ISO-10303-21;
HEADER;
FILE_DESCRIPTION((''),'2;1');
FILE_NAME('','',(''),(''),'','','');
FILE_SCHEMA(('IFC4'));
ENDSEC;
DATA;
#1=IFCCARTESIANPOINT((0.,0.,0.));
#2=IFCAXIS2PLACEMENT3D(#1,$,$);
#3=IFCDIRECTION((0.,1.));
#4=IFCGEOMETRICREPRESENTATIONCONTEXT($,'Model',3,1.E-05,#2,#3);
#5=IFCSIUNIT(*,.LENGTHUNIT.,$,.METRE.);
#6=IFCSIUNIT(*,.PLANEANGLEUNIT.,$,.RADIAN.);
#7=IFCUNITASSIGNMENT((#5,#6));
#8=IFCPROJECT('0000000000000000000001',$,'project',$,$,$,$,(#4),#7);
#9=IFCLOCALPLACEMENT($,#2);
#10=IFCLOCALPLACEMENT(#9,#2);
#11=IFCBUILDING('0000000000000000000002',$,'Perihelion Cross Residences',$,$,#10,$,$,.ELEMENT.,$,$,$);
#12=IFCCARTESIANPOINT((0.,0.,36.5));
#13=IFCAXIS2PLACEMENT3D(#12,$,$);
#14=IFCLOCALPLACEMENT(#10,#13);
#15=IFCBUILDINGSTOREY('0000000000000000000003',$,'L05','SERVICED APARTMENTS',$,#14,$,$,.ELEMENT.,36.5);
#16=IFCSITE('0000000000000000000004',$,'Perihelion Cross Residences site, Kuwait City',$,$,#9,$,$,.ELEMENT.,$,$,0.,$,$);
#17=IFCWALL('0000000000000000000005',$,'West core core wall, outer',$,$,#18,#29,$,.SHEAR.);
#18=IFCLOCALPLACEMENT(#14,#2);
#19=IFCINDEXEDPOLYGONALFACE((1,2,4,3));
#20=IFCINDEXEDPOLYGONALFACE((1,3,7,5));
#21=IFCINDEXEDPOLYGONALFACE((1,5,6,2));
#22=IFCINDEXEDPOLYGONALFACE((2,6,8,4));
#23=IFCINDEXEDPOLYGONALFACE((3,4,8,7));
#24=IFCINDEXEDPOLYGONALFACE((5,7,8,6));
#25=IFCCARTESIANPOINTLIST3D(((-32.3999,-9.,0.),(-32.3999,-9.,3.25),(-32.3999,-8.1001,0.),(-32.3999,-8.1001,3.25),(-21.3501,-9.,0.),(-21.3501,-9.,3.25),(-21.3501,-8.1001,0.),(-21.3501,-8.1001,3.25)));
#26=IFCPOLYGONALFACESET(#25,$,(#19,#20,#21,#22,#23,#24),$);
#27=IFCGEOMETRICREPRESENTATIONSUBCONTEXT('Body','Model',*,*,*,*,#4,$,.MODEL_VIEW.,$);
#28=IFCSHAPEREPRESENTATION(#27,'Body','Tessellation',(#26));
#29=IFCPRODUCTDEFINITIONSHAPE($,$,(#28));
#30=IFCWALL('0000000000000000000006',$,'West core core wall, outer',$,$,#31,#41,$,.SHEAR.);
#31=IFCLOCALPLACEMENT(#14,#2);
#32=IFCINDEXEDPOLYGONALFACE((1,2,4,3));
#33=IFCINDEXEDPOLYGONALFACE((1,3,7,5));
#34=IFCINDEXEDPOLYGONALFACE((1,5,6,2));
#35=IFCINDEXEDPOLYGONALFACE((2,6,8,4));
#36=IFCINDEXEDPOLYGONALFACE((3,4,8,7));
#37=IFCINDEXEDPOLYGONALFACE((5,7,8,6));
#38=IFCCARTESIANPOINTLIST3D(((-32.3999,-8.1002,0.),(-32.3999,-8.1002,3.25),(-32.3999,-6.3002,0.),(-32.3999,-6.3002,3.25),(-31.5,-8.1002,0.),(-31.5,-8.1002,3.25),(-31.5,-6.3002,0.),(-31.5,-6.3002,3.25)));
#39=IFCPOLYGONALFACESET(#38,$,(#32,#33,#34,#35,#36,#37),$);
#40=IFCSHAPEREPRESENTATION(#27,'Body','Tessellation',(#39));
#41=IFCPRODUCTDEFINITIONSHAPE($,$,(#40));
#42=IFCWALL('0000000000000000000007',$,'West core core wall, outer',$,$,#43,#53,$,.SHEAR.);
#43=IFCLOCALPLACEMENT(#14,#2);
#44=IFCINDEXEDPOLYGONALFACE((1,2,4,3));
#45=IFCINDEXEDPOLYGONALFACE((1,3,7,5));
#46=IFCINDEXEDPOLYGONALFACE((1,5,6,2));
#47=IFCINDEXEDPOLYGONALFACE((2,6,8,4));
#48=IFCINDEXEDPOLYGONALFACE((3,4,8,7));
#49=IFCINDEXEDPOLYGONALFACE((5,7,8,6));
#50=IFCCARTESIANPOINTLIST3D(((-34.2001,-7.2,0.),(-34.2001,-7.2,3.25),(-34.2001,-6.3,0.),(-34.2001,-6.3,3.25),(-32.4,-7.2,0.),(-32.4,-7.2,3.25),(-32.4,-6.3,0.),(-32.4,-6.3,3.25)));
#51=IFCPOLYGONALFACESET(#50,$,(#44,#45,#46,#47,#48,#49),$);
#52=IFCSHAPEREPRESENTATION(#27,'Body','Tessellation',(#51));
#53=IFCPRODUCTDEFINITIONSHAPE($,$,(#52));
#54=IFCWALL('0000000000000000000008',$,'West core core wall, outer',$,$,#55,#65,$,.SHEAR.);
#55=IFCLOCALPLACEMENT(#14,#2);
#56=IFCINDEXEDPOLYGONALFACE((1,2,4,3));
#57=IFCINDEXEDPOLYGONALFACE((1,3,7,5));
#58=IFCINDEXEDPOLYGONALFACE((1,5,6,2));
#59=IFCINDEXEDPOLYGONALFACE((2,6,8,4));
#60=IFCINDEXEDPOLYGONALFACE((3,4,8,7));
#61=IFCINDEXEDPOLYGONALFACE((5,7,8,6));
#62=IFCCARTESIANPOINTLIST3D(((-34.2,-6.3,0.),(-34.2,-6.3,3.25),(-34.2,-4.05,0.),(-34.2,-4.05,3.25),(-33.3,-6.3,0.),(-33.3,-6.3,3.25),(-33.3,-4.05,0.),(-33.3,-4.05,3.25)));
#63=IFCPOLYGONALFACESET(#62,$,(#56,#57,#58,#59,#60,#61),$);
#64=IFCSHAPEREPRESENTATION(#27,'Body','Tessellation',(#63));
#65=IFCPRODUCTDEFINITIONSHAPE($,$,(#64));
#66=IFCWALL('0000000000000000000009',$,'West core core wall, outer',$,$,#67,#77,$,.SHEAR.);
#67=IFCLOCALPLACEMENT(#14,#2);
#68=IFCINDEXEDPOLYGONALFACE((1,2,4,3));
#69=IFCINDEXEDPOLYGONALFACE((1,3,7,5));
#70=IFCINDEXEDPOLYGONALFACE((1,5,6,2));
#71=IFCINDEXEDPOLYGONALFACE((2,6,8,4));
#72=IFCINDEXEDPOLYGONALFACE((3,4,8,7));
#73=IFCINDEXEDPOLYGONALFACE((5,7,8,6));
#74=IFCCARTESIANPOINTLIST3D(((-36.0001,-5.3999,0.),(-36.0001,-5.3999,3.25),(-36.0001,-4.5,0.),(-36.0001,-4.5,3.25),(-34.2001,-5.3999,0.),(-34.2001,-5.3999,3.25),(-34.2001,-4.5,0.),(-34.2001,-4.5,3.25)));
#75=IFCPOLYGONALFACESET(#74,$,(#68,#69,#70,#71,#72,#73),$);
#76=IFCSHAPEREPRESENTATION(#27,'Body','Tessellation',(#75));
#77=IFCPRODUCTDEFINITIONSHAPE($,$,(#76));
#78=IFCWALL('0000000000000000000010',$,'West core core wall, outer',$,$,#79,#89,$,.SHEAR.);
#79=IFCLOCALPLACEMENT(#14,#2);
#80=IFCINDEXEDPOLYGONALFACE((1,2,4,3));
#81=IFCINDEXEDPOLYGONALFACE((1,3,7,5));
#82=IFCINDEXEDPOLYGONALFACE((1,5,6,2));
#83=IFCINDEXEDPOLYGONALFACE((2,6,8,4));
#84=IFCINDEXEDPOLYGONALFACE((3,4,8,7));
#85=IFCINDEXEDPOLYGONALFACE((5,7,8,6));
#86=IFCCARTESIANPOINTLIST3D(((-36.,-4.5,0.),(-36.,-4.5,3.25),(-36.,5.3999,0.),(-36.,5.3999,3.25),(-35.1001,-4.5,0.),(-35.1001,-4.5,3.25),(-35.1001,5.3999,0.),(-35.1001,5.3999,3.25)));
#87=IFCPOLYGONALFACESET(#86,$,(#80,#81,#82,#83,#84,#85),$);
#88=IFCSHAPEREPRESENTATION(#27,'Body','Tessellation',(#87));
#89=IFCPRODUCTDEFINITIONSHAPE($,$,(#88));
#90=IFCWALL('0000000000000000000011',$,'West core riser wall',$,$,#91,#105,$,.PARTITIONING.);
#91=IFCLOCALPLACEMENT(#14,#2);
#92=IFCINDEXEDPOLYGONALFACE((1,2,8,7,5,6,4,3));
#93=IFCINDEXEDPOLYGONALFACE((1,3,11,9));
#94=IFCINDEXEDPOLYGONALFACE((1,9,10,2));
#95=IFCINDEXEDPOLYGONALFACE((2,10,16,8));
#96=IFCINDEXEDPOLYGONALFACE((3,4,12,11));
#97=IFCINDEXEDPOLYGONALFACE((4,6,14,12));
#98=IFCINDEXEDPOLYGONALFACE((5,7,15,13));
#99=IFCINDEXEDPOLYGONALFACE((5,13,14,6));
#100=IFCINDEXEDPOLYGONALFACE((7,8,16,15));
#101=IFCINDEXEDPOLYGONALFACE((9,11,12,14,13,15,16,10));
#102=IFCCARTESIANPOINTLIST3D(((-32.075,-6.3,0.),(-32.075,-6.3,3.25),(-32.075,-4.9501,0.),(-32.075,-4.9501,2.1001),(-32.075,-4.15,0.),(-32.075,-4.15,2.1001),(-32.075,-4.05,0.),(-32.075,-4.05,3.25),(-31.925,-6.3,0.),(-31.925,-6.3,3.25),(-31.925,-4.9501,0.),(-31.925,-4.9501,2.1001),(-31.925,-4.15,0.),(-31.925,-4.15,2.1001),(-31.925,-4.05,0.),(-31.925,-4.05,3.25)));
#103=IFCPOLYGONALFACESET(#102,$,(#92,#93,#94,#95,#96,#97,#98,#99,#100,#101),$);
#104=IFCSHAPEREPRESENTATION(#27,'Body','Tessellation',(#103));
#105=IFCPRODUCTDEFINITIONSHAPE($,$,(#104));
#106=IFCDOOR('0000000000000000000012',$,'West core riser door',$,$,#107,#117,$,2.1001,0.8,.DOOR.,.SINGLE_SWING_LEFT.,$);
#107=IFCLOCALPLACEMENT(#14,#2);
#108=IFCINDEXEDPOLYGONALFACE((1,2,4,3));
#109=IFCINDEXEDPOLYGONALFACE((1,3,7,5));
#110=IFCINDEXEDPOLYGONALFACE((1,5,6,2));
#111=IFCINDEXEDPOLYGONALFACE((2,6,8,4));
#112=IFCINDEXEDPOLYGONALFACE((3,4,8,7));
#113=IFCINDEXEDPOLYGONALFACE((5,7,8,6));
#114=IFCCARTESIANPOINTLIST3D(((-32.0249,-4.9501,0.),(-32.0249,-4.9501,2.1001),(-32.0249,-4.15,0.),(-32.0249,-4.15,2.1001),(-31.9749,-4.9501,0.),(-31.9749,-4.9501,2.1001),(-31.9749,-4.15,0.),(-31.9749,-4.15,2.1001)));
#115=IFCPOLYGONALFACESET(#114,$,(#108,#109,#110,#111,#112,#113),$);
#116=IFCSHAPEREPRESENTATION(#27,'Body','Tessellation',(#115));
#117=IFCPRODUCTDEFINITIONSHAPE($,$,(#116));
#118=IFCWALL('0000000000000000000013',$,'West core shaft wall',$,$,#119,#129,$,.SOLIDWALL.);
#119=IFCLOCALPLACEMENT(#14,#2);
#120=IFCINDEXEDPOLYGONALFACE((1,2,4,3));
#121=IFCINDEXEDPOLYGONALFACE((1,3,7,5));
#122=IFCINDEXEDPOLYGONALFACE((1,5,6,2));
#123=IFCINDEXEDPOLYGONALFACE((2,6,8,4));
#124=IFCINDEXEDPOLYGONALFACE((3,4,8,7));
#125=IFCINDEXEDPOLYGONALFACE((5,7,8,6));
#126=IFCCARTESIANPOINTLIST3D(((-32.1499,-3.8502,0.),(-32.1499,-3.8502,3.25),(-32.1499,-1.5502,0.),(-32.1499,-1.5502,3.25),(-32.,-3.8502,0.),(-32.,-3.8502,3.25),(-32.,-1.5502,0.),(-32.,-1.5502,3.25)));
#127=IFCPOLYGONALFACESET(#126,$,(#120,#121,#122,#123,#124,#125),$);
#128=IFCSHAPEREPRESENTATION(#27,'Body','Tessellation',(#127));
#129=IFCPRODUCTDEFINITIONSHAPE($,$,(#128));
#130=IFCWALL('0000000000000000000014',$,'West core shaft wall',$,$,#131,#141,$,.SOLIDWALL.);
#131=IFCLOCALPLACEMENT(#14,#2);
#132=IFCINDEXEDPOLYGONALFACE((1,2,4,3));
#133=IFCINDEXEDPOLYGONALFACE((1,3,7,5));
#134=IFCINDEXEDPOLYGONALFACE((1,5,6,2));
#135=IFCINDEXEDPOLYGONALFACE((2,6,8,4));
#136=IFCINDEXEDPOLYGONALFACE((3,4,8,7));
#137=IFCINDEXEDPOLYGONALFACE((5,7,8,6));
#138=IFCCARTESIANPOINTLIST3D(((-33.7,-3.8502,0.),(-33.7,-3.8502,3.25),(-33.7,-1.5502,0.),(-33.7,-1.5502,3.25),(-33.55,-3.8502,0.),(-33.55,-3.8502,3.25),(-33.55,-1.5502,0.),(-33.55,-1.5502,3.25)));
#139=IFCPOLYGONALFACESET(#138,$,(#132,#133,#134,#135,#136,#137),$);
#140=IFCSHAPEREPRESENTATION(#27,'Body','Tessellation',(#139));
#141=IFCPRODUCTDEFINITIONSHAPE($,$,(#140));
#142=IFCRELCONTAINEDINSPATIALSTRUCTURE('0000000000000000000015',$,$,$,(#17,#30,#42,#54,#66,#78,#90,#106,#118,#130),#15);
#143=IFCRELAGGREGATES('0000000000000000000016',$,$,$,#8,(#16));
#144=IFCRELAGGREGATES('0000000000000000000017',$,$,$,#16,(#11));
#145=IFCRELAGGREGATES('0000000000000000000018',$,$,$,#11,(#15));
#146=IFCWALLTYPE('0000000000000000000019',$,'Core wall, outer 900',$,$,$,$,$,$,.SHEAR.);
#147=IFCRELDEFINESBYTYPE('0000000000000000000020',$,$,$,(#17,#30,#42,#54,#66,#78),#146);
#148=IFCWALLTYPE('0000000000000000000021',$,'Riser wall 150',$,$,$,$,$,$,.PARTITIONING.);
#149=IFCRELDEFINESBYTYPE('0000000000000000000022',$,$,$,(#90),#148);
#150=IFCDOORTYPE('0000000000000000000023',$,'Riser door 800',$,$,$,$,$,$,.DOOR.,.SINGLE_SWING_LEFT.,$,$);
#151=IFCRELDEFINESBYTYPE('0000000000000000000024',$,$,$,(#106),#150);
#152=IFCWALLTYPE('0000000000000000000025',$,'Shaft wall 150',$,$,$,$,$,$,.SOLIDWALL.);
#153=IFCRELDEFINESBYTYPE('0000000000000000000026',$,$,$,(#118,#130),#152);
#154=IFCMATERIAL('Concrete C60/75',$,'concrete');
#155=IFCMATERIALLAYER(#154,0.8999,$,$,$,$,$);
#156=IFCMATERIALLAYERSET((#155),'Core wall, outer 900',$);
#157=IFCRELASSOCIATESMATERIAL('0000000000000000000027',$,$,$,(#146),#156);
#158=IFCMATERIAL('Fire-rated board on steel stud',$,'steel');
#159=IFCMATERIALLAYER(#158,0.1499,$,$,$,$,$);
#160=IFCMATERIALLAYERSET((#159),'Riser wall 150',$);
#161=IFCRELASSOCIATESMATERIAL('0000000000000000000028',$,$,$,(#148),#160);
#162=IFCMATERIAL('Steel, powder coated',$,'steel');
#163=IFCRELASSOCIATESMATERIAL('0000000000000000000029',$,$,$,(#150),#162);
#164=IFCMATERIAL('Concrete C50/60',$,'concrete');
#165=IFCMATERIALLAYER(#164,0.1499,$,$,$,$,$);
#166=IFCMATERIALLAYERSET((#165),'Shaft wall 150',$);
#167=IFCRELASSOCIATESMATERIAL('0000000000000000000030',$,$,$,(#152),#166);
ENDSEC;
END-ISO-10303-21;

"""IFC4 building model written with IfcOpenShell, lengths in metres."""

from ifc_helpers import new_model, si_unit, direction, frame, frame_2d, origin, place, context, subcontext, project, spatial, rectangle, extrude, material, layer, layer_set, type_object, element, fill, save


model = new_model("IFC4")

# Units and contexts
model_context = context("Model", 3, precision=1e-05, world=origin(), true_north=direction((0.0, 1.0)))
body_context = subcontext(model_context, "Body", "Model", "MODEL_VIEW")
ifc_project = project(units=[si_unit("LENGTHUNIT", "METRE"), si_unit("PLANEANGLEUNIT", "RADIAN")], contexts=[model_context])

# Site, building, storey
site_placement = place(None, origin())
site = spatial("IfcSite", under=ifc_project, at=site_placement, Name="Perihelion Cross Residences site, Kuwait City", CompositionType="ELEMENT", RefElevation=0.0)
building_placement = place(site_placement, origin())
building = spatial("IfcBuilding", under=site, at=building_placement, Name="Perihelion Cross Residences", CompositionType="ELEMENT")
storey_placement = place(building_placement, frame((0.0, 0.0, 36.5)))
storey = spatial("IfcBuildingStorey", under=building, at=storey_placement, Name="L05", Description="SERVICED APARTMENTS", CompositionType="ELEMENT", Elevation=36.5)

# Walls
ifc_material_1 = material(Name="Concrete C60/75", Category="concrete")
ifc_layer_1 = layer(ifc_material_1, 0.8999)
ifc_layer_set_1 = layer_set([ifc_layer_1], Name="Core wall, outer 900")
wall_type_1 = type_object("IfcWallType", Name="Core wall, outer 900", PredefinedType="SHEAR", material=ifc_layer_set_1)
wall_1_placement = place(storey_placement, frame((-32.3999, -8.55, 0.0), z_axis=(0.0, 0.0, 1.0), x_axis=(1.0, 0.0, 0.0)))
element("IfcWall", 1, at=wall_1_placement, inside=storey, type_object=wall_type_1, Name="West core core wall, outer", PredefinedType="SHEAR", context=body_context, shape_type="SweptSolid", body=[
    extrude(rectangle(XDim=11.0498, YDim=0.8999, at=frame_2d((5.5249, 0.0))), origin(), (0.0, 0.0, 1.0), 3.25),
])
for number, where, z_axis, x_axis, name in (
    (2, (-31.95, -8.1001, 0.0), (0.0, 0.0, 1.0), (0.0, 1.0, 0.0), "West core core wall, outer"),
    (3, (-34.2, -6.75, 0.0), (0.0, 0.0, 1.0), (1.0, 0.0, 0.0), "West core core wall, outer"),
):
    element("IfcWall", number, at=place(storey_placement, frame(where, z_axis=z_axis, x_axis=x_axis)), inside=storey, type_object=wall_type_1, Name=name, PredefinedType="SHEAR", context=body_context, shape_type="SweptSolid", body=[
        extrude(rectangle(XDim=1.8, YDim=0.8999, at=frame_2d((0.8999, 0.0))), origin(), (0.0, 0.0, 1.0), 3.25),
    ])
wall_2_placement = place(storey_placement, frame((-33.75, -6.3, 0.0), z_axis=(0.0, 0.0, 1.0), x_axis=(0.0, 1.0, 0.0)))
element("IfcWall", 4, at=wall_2_placement, inside=storey, type_object=wall_type_1, Name="West core core wall, outer", PredefinedType="SHEAR", context=body_context, shape_type="SweptSolid", body=[
    extrude(rectangle(XDim=2.25, YDim=0.8999, at=frame_2d((1.125, 0.0))), origin(), (0.0, 0.0, 1.0), 3.25),
])
wall_3_placement = place(storey_placement, frame((-36.0, -4.95, 0.0), z_axis=(0.0, 0.0, 1.0), x_axis=(1.0, 0.0, 0.0)))
element("IfcWall", 5, at=wall_3_placement, inside=storey, type_object=wall_type_1, Name="West core core wall, outer", PredefinedType="SHEAR", context=body_context, shape_type="SweptSolid", body=[
    extrude(rectangle(XDim=1.8, YDim=0.8999, at=frame_2d((0.8999, 0.0))), origin(), (0.0, 0.0, 1.0), 3.25),
])
wall_4_placement = place(storey_placement, frame((-35.55, -4.5, 0.0), z_axis=(0.0, 0.0, 1.0), x_axis=(0.0, 1.0, 0.0)))
element("IfcWall", 6, at=wall_4_placement, inside=storey, type_object=wall_type_1, Name="West core core wall, outer", PredefinedType="SHEAR", context=body_context, shape_type="SweptSolid", body=[
    extrude(rectangle(XDim=9.8999, YDim=0.8999, at=frame_2d((4.95, 0.0))), origin(), (0.0, 0.0, 1.0), 3.25),
])

# Wall, opening, door
ifc_material_2 = material(Name="Fire-rated board on steel stud", Category="steel")
ifc_layer_2 = layer(ifc_material_2, 0.1499)
ifc_layer_set_2 = layer_set([ifc_layer_2], Name="Riser wall 150")
wall_type_2 = type_object("IfcWallType", Name="Riser wall 150", PredefinedType="PARTITIONING", material=ifc_layer_set_2)
wall_5_placement = place(storey_placement, frame((-32.0, -6.3, 0.0), z_axis=(0.0, 0.0, 1.0), x_axis=(0.0, 1.0, 0.0)))
wall_5 = element("IfcWall", 7, at=wall_5_placement, inside=storey, type_object=wall_type_2, Name="West core riser wall", PredefinedType="PARTITIONING", context=body_context, shape_type="SweptSolid", body=[
    extrude(rectangle(XDim=2.25, YDim=0.1499, at=frame_2d((1.125, 0.0))), origin(), (0.0, 0.0, 1.0), 3.25),
])
opening_1_placement = place(wall_5_placement, frame((1.3501, 0.0, 0.0)))
opening_1 = element("IfcOpeningElement", 8, at=opening_1_placement, cuts=wall_5, PredefinedType="OPENING", context=body_context, shape_type="SweptSolid", body=[
    extrude(rectangle(XDim=0.8, YDim=2.1001, at=frame_2d((0.3999, 1.05))), frame((0.0, 0.085, 0.0), z_axis=(0.0, -1.0, 0.0), x_axis=(1.0, 0.0, 0.0)), (0.0, 0.0, 1.0), 0.1699),
])
ifc_material_3 = material(Name="Steel, powder coated", Category="steel")
door_type_1 = type_object("IfcDoorType", Name="Riser door 800", OperationType="SINGLE_SWING_LEFT", PredefinedType="DOOR", material=ifc_material_3)
door_1_placement = place(opening_1_placement, origin())
door_1 = element("IfcDoor", 9, at=door_1_placement, inside=storey, type_object=door_type_1, Name="West core riser door", OperationType="SINGLE_SWING_LEFT", OverallHeight=2.1001, OverallWidth=0.8, PredefinedType="DOOR", context=body_context, shape_type="SweptSolid", body=[
    extrude(rectangle(XDim=0.8, YDim=2.1001, at=frame_2d((0.3999, 1.05))), frame((0.0, 0.0249, 0.0), z_axis=(0.0, -1.0, 0.0), x_axis=(1.0, 0.0, 0.0)), (0.0, 0.0, 1.0), 0.05),
])
fill(opening_1, door_1)

# Walls
ifc_material_4 = material(Name="Concrete C50/60", Category="concrete")
ifc_layer_3 = layer(ifc_material_4, 0.1499)
ifc_layer_set_3 = layer_set([ifc_layer_3], Name="Shaft wall 150")
wall_type_3 = type_object("IfcWallType", Name="Shaft wall 150", PredefinedType="SOLIDWALL", material=ifc_layer_set_3)
for number, where, z_axis, x_axis, name in (
    (10, (-32.075, -3.8501, 0.0), (0.0, 0.0, 1.0), (0.0, 1.0, 0.0), "West core shaft wall"),
    (11, (-33.625, -3.8501, 0.0), (0.0, 0.0, 1.0), (0.0, 1.0, 0.0), "West core shaft wall"),
):
    element("IfcWall", number, at=place(storey_placement, frame(where, z_axis=z_axis, x_axis=x_axis)), inside=storey, type_object=wall_type_3, Name=name, PredefinedType="SOLIDWALL", context=body_context, shape_type="SweptSolid", body=[
        extrude(rectangle(XDim=2.3, YDim=0.1499, at=frame_2d((1.1499, 0.0))), origin(), (0.0, 0.0, 1.0), 3.25),
    ])

save(model, "model.ifc")
